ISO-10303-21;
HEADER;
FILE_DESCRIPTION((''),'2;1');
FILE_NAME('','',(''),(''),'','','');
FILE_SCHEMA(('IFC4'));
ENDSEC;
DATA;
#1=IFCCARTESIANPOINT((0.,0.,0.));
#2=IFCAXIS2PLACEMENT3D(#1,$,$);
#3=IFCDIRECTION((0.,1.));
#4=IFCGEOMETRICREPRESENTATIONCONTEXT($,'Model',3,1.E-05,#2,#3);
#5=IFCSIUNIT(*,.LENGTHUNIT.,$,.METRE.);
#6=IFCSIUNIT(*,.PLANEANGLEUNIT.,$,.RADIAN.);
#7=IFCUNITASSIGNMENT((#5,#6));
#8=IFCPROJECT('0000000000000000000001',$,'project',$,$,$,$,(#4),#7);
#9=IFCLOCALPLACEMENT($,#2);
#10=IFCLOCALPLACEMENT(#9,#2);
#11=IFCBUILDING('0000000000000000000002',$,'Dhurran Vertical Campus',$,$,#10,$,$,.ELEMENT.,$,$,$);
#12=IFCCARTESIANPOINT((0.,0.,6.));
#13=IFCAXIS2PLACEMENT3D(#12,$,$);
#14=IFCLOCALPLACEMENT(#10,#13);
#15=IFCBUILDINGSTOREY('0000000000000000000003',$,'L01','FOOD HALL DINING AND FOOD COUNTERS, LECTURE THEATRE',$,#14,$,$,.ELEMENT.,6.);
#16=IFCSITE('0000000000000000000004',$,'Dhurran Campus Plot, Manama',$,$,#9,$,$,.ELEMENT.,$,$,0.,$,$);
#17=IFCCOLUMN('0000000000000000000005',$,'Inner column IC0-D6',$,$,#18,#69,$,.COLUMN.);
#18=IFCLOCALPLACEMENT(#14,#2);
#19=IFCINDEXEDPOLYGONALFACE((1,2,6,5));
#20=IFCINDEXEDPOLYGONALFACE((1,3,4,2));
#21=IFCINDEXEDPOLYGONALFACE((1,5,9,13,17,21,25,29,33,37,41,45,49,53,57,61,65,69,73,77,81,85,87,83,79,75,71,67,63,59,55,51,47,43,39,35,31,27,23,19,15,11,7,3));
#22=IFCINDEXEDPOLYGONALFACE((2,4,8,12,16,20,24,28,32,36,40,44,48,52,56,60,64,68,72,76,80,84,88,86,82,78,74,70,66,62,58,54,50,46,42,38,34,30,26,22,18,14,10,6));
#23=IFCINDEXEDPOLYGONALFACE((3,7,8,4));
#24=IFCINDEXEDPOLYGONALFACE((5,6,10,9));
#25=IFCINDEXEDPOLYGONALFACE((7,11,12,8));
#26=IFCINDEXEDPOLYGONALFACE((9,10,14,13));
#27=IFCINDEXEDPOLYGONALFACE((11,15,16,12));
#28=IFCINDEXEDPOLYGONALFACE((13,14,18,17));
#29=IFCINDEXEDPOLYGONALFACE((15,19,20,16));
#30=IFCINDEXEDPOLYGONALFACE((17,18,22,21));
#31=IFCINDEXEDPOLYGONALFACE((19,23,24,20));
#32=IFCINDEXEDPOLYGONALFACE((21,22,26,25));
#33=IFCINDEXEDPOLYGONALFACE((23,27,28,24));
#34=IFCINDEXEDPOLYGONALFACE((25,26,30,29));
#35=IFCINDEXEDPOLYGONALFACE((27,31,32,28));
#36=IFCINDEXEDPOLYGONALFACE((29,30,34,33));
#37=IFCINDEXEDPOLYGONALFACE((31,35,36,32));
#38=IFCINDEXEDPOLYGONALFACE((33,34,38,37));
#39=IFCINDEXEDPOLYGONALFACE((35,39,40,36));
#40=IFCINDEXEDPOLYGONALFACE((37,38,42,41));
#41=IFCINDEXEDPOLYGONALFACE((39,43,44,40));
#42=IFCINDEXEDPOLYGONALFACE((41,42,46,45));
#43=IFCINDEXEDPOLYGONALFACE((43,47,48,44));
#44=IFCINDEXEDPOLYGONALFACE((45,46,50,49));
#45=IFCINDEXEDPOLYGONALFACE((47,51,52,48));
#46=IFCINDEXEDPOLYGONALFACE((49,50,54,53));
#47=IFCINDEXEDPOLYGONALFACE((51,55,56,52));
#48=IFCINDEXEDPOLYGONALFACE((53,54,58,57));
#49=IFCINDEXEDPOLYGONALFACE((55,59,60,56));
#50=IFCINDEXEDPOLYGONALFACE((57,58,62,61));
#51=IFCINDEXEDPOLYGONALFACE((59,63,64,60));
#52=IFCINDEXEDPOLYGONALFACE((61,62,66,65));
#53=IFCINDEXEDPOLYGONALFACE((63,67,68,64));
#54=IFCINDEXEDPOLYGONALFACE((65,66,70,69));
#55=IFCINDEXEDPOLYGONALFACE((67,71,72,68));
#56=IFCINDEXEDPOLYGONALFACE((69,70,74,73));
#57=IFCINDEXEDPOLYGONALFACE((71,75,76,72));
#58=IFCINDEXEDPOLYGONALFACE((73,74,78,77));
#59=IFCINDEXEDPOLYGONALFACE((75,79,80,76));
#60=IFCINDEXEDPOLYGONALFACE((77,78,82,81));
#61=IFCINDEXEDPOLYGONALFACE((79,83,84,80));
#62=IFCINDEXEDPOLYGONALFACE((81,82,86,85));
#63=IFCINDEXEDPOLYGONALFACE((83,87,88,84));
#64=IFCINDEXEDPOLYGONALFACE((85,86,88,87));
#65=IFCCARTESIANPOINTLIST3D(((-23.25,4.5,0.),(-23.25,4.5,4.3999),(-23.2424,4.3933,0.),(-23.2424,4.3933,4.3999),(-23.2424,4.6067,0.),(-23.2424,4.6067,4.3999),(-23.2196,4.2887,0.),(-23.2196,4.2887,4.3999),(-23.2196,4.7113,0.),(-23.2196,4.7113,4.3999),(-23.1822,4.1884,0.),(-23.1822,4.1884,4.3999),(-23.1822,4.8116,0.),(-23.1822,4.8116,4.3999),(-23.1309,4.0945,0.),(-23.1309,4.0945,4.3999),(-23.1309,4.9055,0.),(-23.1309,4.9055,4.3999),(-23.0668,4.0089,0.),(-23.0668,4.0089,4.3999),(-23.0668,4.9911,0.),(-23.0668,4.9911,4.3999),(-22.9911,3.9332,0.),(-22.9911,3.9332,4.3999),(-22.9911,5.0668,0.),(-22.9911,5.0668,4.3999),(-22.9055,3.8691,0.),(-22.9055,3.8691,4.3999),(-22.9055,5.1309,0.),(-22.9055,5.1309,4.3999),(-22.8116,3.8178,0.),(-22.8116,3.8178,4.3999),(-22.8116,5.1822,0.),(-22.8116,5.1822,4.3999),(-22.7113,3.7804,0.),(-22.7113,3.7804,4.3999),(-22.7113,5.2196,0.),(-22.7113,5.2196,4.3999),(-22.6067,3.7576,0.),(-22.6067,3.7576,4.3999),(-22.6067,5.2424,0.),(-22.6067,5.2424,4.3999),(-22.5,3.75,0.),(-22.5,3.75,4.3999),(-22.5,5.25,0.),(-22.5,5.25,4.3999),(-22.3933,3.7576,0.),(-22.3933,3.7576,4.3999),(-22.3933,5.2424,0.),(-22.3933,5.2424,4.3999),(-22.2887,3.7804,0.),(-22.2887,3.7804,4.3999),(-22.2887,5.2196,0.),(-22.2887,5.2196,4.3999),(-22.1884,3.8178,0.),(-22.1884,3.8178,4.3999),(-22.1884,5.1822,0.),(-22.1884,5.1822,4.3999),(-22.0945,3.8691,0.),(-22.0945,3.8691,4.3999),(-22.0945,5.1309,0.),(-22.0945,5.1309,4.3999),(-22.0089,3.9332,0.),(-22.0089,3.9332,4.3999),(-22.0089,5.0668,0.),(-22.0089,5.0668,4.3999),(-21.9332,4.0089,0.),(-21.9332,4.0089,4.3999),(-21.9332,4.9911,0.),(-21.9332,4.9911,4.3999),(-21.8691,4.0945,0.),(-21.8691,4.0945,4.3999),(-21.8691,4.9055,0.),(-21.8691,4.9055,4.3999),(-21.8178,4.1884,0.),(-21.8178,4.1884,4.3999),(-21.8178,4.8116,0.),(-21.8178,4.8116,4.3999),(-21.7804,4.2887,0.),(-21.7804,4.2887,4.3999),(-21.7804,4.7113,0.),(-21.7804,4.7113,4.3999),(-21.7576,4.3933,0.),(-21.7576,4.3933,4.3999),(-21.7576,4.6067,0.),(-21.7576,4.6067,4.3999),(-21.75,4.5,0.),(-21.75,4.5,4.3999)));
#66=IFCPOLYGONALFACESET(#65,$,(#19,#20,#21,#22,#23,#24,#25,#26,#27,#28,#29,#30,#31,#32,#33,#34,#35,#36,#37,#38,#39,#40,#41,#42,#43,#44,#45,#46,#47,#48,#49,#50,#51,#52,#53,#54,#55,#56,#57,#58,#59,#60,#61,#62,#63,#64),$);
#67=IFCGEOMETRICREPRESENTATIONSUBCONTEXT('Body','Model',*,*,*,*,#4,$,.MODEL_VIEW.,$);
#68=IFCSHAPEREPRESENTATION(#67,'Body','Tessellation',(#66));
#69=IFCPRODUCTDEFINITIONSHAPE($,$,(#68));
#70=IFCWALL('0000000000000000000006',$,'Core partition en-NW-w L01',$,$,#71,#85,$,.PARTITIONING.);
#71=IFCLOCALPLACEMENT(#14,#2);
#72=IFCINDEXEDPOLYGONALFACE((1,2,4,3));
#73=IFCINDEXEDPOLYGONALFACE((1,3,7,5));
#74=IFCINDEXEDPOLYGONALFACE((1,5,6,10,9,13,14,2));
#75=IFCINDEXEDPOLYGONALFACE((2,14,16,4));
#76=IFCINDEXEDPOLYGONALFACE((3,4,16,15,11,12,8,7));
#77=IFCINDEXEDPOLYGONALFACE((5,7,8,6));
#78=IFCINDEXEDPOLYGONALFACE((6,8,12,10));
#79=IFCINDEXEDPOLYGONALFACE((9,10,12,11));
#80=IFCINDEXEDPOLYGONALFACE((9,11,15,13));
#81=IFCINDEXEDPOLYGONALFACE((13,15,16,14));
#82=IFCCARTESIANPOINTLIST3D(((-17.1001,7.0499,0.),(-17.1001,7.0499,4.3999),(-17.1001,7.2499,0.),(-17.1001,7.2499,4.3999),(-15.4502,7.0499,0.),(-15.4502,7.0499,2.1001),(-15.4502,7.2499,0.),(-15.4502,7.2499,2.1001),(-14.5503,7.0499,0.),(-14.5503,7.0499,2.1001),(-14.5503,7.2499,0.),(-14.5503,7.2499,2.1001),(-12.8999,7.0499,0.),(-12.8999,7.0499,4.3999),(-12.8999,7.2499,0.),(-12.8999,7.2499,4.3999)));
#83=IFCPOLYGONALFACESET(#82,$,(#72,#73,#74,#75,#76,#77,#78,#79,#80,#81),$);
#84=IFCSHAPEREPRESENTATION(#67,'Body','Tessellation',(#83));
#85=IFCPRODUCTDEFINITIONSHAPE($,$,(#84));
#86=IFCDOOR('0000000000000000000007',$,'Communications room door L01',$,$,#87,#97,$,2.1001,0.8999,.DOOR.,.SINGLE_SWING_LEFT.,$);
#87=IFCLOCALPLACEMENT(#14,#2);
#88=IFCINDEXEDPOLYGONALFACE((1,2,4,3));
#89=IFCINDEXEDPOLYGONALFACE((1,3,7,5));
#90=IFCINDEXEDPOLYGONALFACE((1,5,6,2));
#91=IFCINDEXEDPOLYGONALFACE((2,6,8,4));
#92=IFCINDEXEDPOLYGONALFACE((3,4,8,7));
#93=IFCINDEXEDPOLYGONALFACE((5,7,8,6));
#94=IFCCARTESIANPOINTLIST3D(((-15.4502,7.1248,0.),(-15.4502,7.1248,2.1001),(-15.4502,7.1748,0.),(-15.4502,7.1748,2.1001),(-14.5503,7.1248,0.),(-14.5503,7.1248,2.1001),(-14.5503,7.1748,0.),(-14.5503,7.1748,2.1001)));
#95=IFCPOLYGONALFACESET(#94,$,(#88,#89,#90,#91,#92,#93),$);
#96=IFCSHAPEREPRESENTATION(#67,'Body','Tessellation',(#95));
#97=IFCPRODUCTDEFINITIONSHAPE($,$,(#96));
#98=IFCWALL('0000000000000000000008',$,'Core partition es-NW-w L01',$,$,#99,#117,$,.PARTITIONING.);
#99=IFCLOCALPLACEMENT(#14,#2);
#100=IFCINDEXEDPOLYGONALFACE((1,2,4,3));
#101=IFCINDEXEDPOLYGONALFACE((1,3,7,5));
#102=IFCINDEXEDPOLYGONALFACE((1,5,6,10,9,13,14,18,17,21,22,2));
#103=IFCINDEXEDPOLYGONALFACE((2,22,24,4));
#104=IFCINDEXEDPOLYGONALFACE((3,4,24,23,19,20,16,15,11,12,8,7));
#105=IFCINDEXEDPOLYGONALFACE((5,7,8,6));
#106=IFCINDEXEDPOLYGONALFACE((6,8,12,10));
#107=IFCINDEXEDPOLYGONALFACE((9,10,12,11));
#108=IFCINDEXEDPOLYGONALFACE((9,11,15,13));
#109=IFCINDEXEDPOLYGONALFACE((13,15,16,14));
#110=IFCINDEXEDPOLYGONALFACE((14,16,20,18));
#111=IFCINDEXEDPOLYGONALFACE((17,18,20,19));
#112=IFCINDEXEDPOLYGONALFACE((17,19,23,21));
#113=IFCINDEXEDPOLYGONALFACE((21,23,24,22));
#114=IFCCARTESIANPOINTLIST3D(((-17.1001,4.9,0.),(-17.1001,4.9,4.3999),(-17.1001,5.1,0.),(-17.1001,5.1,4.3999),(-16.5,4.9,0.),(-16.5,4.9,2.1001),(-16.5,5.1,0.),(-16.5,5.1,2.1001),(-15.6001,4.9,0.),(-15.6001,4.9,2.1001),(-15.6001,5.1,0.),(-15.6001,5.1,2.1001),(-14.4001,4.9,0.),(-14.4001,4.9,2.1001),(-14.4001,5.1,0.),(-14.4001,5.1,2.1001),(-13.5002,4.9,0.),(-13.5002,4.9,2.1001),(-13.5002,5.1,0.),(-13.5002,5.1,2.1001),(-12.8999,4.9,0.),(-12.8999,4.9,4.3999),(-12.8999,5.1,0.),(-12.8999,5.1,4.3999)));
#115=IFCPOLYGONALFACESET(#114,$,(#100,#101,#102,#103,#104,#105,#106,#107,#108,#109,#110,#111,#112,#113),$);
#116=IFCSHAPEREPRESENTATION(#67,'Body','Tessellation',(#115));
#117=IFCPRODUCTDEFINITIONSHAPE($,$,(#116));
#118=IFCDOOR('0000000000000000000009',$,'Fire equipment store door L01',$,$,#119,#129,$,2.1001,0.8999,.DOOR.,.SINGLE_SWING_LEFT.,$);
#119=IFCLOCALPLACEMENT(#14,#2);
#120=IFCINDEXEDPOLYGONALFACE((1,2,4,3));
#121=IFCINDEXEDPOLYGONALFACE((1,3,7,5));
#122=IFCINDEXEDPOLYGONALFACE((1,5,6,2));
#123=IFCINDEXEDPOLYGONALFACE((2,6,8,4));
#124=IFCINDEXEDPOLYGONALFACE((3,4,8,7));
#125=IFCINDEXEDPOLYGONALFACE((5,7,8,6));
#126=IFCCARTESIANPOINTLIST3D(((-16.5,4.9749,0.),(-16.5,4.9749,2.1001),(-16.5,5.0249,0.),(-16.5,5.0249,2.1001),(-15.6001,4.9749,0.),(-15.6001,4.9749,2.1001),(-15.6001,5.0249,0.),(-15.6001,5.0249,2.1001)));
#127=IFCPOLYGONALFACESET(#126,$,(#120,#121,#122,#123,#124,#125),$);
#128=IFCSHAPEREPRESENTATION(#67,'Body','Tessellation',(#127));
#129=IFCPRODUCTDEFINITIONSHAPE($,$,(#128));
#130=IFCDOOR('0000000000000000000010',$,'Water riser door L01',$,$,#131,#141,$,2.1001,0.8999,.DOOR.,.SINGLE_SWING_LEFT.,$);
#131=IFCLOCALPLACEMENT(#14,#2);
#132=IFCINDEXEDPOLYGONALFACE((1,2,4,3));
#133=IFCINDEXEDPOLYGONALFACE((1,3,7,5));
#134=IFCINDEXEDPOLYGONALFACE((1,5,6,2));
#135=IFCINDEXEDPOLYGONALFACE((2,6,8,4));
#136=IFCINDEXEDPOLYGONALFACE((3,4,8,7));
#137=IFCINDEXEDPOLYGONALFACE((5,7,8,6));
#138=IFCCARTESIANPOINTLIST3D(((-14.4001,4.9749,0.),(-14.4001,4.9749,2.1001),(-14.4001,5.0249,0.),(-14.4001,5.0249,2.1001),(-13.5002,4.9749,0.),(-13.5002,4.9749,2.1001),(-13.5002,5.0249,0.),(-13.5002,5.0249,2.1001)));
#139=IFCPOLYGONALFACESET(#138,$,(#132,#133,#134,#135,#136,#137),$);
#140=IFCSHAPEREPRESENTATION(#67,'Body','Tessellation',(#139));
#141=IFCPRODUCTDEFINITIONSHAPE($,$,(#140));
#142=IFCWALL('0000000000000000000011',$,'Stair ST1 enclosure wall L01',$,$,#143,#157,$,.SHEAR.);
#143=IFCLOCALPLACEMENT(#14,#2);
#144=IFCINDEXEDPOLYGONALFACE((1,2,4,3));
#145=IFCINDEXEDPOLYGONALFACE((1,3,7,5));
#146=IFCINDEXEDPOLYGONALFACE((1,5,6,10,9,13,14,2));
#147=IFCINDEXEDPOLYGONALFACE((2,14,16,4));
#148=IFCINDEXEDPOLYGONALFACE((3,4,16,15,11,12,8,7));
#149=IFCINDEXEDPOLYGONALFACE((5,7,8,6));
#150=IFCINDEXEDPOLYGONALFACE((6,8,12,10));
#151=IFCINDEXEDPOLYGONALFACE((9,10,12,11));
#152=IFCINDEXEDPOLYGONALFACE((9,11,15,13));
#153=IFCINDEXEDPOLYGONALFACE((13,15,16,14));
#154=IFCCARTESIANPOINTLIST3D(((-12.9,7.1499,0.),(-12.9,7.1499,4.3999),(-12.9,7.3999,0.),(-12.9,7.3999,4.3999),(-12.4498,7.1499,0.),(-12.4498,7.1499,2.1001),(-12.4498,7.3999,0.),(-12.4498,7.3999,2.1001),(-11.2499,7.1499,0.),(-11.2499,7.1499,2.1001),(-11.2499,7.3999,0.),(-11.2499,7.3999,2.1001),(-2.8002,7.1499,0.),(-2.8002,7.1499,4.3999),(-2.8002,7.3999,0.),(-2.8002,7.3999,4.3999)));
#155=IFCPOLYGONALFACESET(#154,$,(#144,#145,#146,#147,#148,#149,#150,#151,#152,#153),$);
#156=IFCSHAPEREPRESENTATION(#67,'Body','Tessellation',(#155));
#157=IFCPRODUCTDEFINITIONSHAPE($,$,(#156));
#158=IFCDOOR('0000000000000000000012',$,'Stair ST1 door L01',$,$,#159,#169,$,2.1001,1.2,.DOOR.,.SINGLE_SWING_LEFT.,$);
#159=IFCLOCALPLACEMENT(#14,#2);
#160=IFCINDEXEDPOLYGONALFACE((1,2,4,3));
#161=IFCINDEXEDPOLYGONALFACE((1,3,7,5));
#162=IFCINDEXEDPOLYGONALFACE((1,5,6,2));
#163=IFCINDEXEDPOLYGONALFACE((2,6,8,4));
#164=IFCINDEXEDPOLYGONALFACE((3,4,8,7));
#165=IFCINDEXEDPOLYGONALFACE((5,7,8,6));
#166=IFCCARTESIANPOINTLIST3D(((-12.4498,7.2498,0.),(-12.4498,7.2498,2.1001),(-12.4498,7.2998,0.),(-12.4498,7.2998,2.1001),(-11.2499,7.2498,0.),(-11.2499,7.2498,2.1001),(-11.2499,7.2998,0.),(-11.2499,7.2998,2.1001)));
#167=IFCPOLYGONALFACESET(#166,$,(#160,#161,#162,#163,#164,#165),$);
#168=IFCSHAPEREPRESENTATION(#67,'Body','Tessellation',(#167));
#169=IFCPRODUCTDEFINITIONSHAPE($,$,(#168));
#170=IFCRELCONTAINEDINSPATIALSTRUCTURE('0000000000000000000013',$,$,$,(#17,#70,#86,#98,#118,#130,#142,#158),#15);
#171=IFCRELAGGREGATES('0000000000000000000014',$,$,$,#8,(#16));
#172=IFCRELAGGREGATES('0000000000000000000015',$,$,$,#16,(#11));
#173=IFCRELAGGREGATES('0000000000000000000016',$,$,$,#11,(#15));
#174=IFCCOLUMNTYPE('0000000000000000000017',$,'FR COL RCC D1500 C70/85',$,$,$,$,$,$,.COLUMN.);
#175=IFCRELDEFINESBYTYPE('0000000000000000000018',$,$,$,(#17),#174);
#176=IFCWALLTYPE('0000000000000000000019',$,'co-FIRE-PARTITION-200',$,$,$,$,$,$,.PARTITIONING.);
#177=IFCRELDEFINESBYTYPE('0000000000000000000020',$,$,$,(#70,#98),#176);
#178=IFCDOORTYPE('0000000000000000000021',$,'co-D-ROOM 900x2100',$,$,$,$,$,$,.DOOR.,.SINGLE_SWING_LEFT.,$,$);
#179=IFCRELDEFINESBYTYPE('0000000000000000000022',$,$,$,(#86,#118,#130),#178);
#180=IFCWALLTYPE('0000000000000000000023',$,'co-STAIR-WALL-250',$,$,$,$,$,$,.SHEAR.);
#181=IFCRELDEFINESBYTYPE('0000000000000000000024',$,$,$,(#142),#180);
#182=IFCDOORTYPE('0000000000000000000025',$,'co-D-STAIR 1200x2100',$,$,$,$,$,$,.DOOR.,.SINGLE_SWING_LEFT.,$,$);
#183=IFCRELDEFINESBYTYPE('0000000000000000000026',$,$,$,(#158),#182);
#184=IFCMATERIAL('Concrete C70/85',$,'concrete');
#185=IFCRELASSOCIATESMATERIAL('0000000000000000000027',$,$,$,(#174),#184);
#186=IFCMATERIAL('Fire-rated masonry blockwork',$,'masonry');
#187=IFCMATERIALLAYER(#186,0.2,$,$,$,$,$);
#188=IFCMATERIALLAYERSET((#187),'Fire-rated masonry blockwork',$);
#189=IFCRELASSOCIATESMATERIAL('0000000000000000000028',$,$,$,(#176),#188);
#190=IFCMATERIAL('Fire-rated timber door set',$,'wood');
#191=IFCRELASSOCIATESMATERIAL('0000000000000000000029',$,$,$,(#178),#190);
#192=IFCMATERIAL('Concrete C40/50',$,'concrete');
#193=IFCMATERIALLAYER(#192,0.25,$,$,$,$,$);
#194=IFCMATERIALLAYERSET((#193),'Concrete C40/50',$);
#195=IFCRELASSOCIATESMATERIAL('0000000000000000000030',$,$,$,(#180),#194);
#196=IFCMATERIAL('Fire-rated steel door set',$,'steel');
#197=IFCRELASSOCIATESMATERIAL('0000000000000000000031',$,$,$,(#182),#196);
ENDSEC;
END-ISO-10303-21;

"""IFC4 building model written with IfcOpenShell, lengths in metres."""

from ifc_helpers import new_model, si_unit, direction, frame, frame_2d, origin, origin_2d, place, context, subcontext, project, spatial, rectangle, circle, extrude, material, layer, layer_set, material_profile, profile_set, type_object, element, fill, save


model = new_model("IFC4")

# Units and contexts
model_context = context("Model", 3, precision=1e-05, world=origin(), true_north=direction((0.0, 1.0)))
body_context = subcontext(model_context, "Body", "Model", "MODEL_VIEW")
ifc_project = project(units=[si_unit("LENGTHUNIT", "METRE"), si_unit("PLANEANGLEUNIT", "RADIAN")], contexts=[model_context])

# Site, building, storey
site_placement = place(None, origin())
site = spatial("IfcSite", under=ifc_project, at=site_placement, Name="Dhurran Campus Plot, Manama", CompositionType="ELEMENT", RefElevation=0.0)
building_placement = place(site_placement, origin())
building = spatial("IfcBuilding", under=site, at=building_placement, Name="Dhurran Vertical Campus", CompositionType="ELEMENT")
storey_placement = place(building_placement, frame((0.0, 0.0, 6.0)))
storey = spatial("IfcBuildingStorey", under=building, at=storey_placement, Name="L01", Description="FOOD HALL DINING AND FOOD COUNTERS, LECTURE THEATRE", CompositionType="ELEMENT", Elevation=6.0)

# Column
ifc_material_1 = material(Name="Concrete C70/85", Category="concrete")
ifc_material_profile = material_profile(ifc_material_1, circle(Radius=0.75, at=origin_2d()), Name="RCC D1500")
ifc_profile_set = profile_set([ifc_material_profile], Name="Concrete C70/85")
column_type = type_object("IfcColumnType", Name="FR COL RCC D1500 C70/85", PredefinedType="COLUMN", material=ifc_profile_set)
column_placement = place(storey_placement, frame((-22.5, 4.5, 0.0), z_axis=(0.0, 0.0, 1.0), x_axis=(1.0, 0.0, 0.0)))
element("IfcColumn", 1, at=column_placement, inside=storey, type_object=column_type, Name="Inner column IC0-D6", PredefinedType="COLUMN", context=body_context, shape_type="SweptSolid", body=[
    extrude(circle(Radius=0.75, at=origin_2d()), origin(), (0.0, 0.0, 1.0), 4.3999),
])

# Wall, opening, door
ifc_material_2 = material(Name="Fire-rated masonry blockwork", Category="masonry")
ifc_layer_1 = layer(ifc_material_2, 0.2)
ifc_layer_set_1 = layer_set([ifc_layer_1], Name="Fire-rated masonry blockwork")
wall_type_1 = type_object("IfcWallType", Name="co-FIRE-PARTITION-200", PredefinedType="PARTITIONING", material=ifc_layer_set_1)
wall_1_placement = place(storey_placement, frame((-17.1001, 7.1499, 0.0), z_axis=(0.0, 0.0, 1.0), x_axis=(1.0, 0.0, 0.0)))
wall_1 = element("IfcWall", 2, at=wall_1_placement, inside=storey, type_object=wall_type_1, Name="Core partition en-NW-w L01", PredefinedType="PARTITIONING", context=body_context, shape_type="SweptSolid", body=[
    extrude(rectangle(XDim=4.2002, YDim=0.2, at=frame_2d((2.1001, 0.0))), origin(), (0.0, 0.0, 1.0), 4.3999),
])
opening_1_placement = place(wall_1_placement, frame((1.6499, 0.0, 0.0)))
opening_1 = element("IfcOpeningElement", 3, at=opening_1_placement, cuts=wall_1, PredefinedType="OPENING", context=body_context, shape_type="SweptSolid", body=[
    extrude(rectangle(XDim=0.8999, YDim=2.1001, at=frame_2d((0.45, 1.05))), frame((0.0, 0.1099, 0.0), z_axis=(0.0, -1.0, 0.0), x_axis=(1.0, 0.0, 0.0)), (0.0, 0.0, 1.0), 0.22),
])
ifc_material_3 = material(Name="Fire-rated timber door set", Category="wood")
door_type_1 = type_object("IfcDoorType", Name="co-D-ROOM 900x2100", OperationType="SINGLE_SWING_LEFT", PredefinedType="DOOR", material=ifc_material_3)
door_1_placement = place(opening_1_placement, origin())
door_1 = element("IfcDoor", 4, at=door_1_placement, inside=storey, type_object=door_type_1, Name="Communications room door L01", OperationType="SINGLE_SWING_LEFT", OverallHeight=2.1001, OverallWidth=0.8999, PredefinedType="DOOR", context=body_context, shape_type="SweptSolid", body=[
    extrude(rectangle(XDim=0.8999, YDim=2.1001, at=frame_2d((0.45, 1.05))), frame((0.0, 0.0249, 0.0), z_axis=(0.0, -1.0, 0.0), x_axis=(1.0, 0.0, 0.0)), (0.0, 0.0, 1.0), 0.05),
])
fill(opening_1, door_1)

# Wall, openings, doors
wall_2_placement = place(storey_placement, frame((-17.1001, 5.0, 0.0), z_axis=(0.0, 0.0, 1.0), x_axis=(1.0, 0.0, 0.0)))
wall_2 = element("IfcWall", 5, at=wall_2_placement, inside=storey, type_object=wall_type_1, Name="Core partition es-NW-w L01", PredefinedType="PARTITIONING", context=body_context, shape_type="SweptSolid", body=[
    extrude(rectangle(XDim=4.2002, YDim=0.2, at=frame_2d((2.1001, 0.0))), origin(), (0.0, 0.0, 1.0), 4.3999),
])
opening_2_placement = place(wall_2_placement, frame((0.6001, 0.0, 0.0)))
opening_2 = element("IfcOpeningElement", 6, at=opening_2_placement, cuts=wall_2, PredefinedType="OPENING", context=body_context, shape_type="SweptSolid", body=[
    extrude(rectangle(XDim=0.8999, YDim=2.1001, at=frame_2d((0.45, 1.05))), frame((0.0, 0.1099, 0.0), z_axis=(0.0, -1.0, 0.0), x_axis=(1.0, 0.0, 0.0)), (0.0, 0.0, 1.0), 0.22),
])
opening_3_placement = place(wall_2_placement, frame((2.7, 0.0, 0.0)))
opening_3 = element("IfcOpeningElement", 7, at=opening_3_placement, cuts=wall_2, PredefinedType="OPENING", context=body_context, shape_type="SweptSolid", body=[
    extrude(rectangle(XDim=0.8999, YDim=2.1001, at=frame_2d((0.45, 1.05))), frame((0.0, 0.1099, 0.0), z_axis=(0.0, -1.0, 0.0), x_axis=(1.0, 0.0, 0.0)), (0.0, 0.0, 1.0), 0.22),
])
door_2_placement = place(opening_2_placement, origin())
door_2 = element("IfcDoor", 8, at=door_2_placement, inside=storey, type_object=door_type_1, Name="Fire equipment store door L01", OperationType="SINGLE_SWING_LEFT", OverallHeight=2.1001, OverallWidth=0.8999, PredefinedType="DOOR", context=body_context, shape_type="SweptSolid", body=[
    extrude(rectangle(XDim=0.8999, YDim=2.1001, at=frame_2d((0.45, 1.05))), frame((0.0, 0.0249, 0.0), z_axis=(0.0, -1.0, 0.0), x_axis=(1.0, 0.0, 0.0)), (0.0, 0.0, 1.0), 0.05),
])
fill(opening_2, door_2)
door_3_placement = place(opening_3_placement, origin())
door_3 = element("IfcDoor", 9, at=door_3_placement, inside=storey, type_object=door_type_1, Name="Water riser door L01", OperationType="SINGLE_SWING_LEFT", OverallHeight=2.1001, OverallWidth=0.8999, PredefinedType="DOOR", context=body_context, shape_type="SweptSolid", body=[
    extrude(rectangle(XDim=0.8999, YDim=2.1001, at=frame_2d((0.45, 1.05))), frame((0.0, 0.0249, 0.0), z_axis=(0.0, -1.0, 0.0), x_axis=(1.0, 0.0, 0.0)), (0.0, 0.0, 1.0), 0.05),
])
fill(opening_3, door_3)

# Wall, opening, door
ifc_material_4 = material(Name="Concrete C40/50", Category="concrete")
ifc_layer_2 = layer(ifc_material_4, 0.25)
ifc_layer_set_2 = layer_set([ifc_layer_2], Name="Concrete C40/50")
wall_type_2 = type_object("IfcWallType", Name="co-STAIR-WALL-250", PredefinedType="SHEAR", material=ifc_layer_set_2)
wall_3_placement = place(storey_placement, frame((-12.8999, 7.2749, 0.0), z_axis=(0.0, 0.0, 1.0), x_axis=(1.0, 0.0, 0.0)))
wall_3 = element("IfcWall", 10, at=wall_3_placement, inside=storey, type_object=wall_type_2, Name="Stair ST1 enclosure wall L01", PredefinedType="SHEAR", context=body_context, shape_type="SweptSolid", body=[
    extrude(rectangle(XDim=10.0999, YDim=0.25, at=frame_2d((5.0498, 0.0))), origin(), (0.0, 0.0, 1.0), 4.3999),
])
opening_4_placement = place(wall_3_placement, frame((0.45, 0.0, 0.0)))
opening_4 = element("IfcOpeningElement", 11, at=opening_4_placement, cuts=wall_3, PredefinedType="OPENING", context=body_context, shape_type="SweptSolid", body=[
    extrude(rectangle(XDim=1.2, YDim=2.1001, at=frame_2d((0.6001, 1.05))), frame((0.0, 0.135, 0.0), z_axis=(0.0, -1.0, 0.0), x_axis=(1.0, 0.0, 0.0)), (0.0, 0.0, 1.0), 0.27),
])
ifc_material_5 = material(Name="Fire-rated steel door set", Category="steel")
door_type_2 = type_object("IfcDoorType", Name="co-D-STAIR 1200x2100", OperationType="SINGLE_SWING_LEFT", PredefinedType="DOOR", material=ifc_material_5)
door_4_placement = place(opening_4_placement, origin())
door_4 = element("IfcDoor", 12, at=door_4_placement, inside=storey, type_object=door_type_2, Name="Stair ST1 door L01", OperationType="SINGLE_SWING_LEFT", OverallHeight=2.1001, OverallWidth=1.2, PredefinedType="DOOR", context=body_context, shape_type="SweptSolid", body=[
    extrude(rectangle(XDim=1.2, YDim=2.1001, at=frame_2d((0.6001, 1.05))), frame((0.0, 0.0249, 0.0), z_axis=(0.0, -1.0, 0.0), x_axis=(1.0, 0.0, 0.0)), (0.0, 0.0, 1.0), 0.05),
])
fill(opening_4, door_4)

save(model, "model.ifc")
